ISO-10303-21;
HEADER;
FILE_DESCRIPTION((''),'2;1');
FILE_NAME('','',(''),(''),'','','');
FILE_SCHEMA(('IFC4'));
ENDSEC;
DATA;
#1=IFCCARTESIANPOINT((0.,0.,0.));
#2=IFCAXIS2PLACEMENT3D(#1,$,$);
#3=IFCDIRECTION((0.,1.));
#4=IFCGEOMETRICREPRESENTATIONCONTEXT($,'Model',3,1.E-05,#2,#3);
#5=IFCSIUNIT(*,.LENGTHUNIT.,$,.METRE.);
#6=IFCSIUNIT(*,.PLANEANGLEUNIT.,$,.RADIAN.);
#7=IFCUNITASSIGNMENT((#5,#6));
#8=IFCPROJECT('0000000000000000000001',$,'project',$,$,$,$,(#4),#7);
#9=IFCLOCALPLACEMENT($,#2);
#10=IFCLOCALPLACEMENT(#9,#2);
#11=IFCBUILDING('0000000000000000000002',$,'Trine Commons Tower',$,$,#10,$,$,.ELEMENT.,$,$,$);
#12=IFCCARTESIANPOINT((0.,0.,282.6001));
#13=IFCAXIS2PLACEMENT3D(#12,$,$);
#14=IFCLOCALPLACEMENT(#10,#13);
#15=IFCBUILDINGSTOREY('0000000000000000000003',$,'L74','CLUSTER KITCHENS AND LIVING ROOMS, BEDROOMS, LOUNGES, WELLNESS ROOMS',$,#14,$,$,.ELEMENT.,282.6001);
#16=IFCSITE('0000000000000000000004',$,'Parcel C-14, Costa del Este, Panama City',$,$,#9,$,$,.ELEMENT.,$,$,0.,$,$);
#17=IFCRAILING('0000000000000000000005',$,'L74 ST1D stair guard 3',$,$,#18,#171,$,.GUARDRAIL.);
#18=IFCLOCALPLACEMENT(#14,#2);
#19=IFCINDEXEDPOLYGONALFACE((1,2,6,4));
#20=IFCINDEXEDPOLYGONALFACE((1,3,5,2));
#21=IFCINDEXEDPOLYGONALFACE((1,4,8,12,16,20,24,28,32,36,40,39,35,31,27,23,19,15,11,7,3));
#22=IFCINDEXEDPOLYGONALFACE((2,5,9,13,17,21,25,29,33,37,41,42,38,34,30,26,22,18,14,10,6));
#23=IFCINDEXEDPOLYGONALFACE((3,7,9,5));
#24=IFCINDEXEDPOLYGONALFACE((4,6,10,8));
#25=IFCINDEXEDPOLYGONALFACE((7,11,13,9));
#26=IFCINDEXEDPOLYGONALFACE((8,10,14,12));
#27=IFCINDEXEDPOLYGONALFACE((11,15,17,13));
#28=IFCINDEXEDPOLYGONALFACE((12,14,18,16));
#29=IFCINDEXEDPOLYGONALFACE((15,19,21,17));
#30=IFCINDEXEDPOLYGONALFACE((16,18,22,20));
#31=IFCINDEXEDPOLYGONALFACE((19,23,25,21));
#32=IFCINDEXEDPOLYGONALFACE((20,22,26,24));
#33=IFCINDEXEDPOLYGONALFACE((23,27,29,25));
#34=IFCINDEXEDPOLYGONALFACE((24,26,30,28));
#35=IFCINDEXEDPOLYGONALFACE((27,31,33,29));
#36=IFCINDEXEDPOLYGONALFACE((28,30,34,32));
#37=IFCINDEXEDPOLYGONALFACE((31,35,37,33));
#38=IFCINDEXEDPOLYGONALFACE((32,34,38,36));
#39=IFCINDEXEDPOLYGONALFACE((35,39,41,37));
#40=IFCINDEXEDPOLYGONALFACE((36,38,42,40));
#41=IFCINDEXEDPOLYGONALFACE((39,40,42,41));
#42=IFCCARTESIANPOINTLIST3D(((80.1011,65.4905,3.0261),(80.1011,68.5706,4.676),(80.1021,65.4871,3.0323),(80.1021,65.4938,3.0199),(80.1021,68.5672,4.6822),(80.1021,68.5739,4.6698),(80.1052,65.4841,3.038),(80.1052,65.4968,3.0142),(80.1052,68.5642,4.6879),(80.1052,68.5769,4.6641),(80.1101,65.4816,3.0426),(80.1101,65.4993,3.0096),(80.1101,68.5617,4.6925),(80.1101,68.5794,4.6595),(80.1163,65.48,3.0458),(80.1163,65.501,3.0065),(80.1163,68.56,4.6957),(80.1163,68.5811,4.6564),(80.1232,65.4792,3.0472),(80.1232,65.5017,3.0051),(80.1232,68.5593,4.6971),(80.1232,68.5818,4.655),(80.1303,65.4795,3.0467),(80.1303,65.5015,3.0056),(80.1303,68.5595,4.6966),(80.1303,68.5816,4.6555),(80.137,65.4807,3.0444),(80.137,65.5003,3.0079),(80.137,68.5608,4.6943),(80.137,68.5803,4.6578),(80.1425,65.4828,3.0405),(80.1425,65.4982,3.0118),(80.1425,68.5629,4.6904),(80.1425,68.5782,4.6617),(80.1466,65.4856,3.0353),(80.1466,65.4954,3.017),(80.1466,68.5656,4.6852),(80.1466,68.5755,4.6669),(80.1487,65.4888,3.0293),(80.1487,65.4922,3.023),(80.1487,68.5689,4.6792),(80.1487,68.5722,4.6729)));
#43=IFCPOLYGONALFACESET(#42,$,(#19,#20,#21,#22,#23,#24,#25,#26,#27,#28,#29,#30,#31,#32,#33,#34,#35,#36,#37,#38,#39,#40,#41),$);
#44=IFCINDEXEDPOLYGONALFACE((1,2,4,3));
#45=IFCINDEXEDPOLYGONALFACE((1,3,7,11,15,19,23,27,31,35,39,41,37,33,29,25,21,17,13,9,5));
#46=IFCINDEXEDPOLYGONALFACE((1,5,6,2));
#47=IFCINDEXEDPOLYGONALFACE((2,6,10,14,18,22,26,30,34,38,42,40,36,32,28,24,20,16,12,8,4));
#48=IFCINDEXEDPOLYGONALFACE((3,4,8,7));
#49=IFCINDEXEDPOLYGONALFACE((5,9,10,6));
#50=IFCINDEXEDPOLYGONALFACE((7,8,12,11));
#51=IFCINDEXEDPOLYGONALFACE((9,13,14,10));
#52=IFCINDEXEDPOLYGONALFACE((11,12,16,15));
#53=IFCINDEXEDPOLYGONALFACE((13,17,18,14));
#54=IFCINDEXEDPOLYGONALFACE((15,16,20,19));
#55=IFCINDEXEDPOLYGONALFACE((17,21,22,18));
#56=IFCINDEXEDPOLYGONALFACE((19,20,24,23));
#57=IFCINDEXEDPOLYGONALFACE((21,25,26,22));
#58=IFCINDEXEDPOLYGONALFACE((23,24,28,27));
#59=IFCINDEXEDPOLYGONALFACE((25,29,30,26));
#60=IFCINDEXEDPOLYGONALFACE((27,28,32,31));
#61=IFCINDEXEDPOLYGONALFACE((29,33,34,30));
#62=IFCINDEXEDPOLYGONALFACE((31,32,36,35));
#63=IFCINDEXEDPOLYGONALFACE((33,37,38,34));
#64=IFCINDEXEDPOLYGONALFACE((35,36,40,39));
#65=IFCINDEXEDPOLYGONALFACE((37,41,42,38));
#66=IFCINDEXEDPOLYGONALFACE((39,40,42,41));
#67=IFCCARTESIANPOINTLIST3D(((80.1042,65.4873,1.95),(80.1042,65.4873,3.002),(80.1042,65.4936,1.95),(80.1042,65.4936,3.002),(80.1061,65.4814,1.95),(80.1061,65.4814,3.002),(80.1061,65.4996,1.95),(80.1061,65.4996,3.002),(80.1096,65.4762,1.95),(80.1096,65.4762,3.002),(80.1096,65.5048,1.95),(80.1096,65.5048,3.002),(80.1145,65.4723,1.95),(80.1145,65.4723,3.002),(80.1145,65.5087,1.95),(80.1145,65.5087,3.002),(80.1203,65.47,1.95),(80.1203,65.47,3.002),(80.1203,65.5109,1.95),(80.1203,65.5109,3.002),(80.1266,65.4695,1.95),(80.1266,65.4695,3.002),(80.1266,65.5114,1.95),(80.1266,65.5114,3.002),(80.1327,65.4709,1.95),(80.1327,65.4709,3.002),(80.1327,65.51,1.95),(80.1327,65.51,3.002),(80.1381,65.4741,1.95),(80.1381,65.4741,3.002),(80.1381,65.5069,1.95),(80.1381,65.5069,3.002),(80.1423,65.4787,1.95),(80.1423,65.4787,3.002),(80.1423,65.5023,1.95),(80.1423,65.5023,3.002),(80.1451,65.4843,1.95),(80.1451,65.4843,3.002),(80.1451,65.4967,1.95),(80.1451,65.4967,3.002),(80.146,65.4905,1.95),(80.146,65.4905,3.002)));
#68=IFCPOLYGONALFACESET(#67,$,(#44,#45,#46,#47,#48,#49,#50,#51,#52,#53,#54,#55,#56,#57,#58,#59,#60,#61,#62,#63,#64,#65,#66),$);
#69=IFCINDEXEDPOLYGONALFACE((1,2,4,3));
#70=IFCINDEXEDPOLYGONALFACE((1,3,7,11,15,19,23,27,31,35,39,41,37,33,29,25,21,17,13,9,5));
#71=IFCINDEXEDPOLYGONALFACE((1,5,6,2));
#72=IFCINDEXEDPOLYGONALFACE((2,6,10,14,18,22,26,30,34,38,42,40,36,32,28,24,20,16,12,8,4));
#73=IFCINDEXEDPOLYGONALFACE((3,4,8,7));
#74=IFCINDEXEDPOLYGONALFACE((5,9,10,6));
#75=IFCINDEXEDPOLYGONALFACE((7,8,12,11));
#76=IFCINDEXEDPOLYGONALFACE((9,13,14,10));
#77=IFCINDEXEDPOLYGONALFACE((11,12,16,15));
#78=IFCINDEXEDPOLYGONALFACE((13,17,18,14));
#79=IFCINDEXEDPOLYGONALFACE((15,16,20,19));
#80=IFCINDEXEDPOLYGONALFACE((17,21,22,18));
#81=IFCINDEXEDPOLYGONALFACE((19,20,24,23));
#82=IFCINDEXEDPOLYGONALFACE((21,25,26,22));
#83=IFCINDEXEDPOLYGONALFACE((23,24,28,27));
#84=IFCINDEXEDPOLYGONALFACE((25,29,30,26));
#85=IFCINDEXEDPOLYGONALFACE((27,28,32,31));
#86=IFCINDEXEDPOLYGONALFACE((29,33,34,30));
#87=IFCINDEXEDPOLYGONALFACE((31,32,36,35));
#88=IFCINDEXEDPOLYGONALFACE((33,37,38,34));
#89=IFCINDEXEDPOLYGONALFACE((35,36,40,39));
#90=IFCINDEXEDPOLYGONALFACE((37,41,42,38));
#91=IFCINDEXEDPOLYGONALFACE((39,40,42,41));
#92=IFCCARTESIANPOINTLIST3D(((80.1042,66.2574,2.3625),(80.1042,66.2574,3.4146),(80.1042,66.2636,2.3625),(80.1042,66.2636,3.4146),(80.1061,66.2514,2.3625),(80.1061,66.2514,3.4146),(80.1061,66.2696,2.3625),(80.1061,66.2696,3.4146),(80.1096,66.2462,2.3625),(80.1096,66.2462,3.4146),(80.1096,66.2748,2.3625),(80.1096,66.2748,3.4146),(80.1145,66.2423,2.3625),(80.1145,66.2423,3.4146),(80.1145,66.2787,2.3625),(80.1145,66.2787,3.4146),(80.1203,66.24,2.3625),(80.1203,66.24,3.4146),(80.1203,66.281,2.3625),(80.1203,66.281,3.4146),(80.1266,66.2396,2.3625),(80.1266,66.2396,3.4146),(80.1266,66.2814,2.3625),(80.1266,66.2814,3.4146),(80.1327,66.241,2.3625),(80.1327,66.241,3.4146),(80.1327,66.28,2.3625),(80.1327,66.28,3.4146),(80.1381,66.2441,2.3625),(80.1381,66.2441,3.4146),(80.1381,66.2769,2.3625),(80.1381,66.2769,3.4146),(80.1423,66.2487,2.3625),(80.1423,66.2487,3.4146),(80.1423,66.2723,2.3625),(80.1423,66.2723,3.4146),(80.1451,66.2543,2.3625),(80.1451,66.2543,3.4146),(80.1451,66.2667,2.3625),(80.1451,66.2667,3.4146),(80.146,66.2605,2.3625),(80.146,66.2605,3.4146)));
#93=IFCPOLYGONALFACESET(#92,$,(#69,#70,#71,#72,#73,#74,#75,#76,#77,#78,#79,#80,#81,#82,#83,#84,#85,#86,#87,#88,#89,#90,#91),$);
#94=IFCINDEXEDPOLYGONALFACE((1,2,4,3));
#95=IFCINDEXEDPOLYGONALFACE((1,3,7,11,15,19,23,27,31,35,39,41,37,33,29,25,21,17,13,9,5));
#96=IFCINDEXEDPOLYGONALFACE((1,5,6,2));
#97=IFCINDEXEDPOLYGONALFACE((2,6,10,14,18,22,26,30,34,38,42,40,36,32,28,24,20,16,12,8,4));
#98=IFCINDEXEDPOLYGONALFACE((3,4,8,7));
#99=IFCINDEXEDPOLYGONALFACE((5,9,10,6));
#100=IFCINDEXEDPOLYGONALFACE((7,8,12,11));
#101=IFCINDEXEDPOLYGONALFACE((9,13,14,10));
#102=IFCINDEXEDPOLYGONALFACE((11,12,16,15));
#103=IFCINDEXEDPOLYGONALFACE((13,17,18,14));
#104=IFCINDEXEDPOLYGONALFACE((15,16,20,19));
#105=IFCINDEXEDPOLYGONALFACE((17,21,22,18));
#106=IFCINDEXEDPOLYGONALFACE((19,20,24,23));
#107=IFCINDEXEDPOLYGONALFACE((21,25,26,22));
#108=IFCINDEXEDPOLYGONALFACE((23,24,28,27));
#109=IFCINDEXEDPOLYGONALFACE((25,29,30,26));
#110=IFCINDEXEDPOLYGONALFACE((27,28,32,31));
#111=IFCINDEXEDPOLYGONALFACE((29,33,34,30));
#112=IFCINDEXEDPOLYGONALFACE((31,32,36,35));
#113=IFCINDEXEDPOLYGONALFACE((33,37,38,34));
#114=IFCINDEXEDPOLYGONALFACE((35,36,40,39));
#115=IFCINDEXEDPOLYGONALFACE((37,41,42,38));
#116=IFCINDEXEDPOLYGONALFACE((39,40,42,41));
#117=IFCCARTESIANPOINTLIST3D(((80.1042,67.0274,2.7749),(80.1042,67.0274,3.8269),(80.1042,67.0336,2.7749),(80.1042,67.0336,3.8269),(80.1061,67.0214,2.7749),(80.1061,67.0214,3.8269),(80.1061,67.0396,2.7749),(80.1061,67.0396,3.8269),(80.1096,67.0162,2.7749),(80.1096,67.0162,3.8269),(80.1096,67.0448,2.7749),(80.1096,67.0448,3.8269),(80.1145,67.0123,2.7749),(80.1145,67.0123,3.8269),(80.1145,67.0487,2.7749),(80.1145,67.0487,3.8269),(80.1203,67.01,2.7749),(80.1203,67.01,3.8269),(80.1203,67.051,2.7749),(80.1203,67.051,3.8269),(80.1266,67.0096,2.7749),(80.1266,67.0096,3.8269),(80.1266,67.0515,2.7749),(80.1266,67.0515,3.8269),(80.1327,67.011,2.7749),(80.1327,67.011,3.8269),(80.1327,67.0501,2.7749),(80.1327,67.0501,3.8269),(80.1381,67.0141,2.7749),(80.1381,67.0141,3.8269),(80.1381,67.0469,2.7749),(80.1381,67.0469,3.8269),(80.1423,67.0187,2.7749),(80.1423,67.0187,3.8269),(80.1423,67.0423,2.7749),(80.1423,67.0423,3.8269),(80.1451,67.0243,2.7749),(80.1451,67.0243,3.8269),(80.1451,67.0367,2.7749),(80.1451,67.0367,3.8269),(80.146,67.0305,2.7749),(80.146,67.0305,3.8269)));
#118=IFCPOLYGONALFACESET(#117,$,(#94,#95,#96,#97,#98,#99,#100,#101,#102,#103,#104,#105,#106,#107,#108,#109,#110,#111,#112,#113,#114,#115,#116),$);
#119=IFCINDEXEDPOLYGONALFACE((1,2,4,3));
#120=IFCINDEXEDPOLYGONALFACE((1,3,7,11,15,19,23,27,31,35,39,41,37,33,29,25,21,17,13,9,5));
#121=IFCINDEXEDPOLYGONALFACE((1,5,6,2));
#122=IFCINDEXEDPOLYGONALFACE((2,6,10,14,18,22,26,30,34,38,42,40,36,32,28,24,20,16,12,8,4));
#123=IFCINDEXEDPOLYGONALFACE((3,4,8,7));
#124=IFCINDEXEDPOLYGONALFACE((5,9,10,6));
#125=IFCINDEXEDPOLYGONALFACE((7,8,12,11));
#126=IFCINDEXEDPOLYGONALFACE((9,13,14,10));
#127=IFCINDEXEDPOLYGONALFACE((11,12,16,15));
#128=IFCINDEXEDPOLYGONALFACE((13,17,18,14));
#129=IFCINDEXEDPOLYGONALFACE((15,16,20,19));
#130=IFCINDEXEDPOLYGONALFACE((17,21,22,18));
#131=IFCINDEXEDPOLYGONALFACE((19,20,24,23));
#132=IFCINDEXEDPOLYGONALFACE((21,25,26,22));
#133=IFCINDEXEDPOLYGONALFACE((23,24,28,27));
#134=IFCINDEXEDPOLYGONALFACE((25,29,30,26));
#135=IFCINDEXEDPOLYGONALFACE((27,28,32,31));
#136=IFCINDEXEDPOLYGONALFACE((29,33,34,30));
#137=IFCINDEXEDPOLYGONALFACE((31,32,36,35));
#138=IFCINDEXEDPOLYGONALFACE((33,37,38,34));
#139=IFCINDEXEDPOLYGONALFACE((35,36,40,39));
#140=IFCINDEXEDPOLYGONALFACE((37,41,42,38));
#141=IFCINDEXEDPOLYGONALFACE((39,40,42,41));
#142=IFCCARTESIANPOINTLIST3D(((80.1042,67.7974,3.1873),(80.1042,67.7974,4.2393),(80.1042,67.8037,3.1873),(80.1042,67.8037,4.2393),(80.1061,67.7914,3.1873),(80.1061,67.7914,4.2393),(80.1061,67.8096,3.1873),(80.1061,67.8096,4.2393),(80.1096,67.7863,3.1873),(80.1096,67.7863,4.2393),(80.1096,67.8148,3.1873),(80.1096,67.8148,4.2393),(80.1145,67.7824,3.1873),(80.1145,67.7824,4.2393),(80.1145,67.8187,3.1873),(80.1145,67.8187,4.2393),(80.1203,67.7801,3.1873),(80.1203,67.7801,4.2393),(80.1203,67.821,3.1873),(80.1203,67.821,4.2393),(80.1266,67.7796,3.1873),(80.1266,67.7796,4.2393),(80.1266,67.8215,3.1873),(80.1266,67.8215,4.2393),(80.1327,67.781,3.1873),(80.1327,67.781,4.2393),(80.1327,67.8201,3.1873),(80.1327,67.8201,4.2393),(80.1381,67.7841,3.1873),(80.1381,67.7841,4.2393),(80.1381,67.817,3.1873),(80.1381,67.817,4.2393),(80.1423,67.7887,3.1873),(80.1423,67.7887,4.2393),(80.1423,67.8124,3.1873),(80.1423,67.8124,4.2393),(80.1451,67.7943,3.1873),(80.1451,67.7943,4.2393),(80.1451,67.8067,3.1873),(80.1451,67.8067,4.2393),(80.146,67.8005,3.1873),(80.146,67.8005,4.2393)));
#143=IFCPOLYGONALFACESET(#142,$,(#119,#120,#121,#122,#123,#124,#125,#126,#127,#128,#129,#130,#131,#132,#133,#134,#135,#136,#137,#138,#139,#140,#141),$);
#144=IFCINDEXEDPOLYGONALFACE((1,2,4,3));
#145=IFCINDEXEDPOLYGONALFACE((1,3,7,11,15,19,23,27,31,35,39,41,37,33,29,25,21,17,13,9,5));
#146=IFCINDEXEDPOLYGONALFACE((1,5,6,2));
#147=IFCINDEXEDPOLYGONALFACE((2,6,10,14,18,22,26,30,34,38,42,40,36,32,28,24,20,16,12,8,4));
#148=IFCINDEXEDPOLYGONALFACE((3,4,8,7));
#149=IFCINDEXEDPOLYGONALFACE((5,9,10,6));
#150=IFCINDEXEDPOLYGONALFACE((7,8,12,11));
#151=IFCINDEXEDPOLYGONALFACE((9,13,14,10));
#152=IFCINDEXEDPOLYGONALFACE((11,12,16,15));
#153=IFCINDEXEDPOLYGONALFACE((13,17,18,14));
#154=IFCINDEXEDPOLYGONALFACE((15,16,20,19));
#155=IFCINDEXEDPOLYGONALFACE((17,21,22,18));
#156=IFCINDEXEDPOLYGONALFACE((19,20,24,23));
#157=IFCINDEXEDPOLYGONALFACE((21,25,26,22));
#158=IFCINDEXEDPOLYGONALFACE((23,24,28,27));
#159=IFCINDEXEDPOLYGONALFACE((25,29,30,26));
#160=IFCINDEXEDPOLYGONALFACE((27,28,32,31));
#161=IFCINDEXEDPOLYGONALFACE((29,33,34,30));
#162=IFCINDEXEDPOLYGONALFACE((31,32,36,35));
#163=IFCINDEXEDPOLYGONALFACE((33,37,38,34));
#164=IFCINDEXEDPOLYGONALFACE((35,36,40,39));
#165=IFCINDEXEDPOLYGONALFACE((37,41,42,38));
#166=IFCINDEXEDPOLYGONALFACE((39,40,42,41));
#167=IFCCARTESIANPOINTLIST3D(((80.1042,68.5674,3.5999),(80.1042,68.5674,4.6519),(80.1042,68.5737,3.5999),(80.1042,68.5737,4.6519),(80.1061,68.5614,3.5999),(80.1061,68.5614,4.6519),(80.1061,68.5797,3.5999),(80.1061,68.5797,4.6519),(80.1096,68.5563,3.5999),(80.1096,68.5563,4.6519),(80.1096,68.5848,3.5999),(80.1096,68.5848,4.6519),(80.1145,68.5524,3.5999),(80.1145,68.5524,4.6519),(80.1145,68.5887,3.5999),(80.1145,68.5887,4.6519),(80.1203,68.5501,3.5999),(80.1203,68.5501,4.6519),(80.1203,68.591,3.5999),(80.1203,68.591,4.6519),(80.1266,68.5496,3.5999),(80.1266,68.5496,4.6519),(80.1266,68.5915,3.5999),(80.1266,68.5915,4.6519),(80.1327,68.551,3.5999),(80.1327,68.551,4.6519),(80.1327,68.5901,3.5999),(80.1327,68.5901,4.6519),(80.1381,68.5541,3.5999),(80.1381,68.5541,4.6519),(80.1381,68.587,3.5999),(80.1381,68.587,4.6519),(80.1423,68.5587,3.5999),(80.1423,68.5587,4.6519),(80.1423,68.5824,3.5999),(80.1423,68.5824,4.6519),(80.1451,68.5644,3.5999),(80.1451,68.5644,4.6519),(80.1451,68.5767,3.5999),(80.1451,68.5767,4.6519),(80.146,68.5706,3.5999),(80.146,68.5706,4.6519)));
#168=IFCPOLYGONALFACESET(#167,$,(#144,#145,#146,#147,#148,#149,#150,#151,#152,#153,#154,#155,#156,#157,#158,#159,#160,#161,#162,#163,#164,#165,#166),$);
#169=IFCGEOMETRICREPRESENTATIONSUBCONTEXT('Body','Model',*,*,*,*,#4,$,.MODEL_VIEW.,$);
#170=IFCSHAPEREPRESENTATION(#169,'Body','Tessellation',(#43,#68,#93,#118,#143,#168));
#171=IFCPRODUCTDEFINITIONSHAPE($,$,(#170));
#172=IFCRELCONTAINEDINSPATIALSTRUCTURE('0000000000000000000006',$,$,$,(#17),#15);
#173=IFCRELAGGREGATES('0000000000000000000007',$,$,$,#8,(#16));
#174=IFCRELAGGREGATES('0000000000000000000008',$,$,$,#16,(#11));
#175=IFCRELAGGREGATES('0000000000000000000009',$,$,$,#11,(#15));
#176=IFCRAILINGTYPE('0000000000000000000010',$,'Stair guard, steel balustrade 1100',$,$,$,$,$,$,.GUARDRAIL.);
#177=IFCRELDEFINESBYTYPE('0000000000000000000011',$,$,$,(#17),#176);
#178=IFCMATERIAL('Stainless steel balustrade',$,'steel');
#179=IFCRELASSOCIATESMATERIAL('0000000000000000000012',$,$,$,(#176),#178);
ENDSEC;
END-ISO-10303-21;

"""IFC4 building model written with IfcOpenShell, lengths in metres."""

from ifc_helpers import new_model, si_unit, direction, frame, origin, origin_2d, place, context, subcontext, project, spatial, circle, extrude, material, type_object, element, save


model = new_model("IFC4")

# Units and contexts
model_context = context("Model", 3, precision=1e-05, world=origin(), true_north=direction((0.0, 1.0)))
body_context = subcontext(model_context, "Body", "Model", "MODEL_VIEW")
ifc_project = project(units=[si_unit("LENGTHUNIT", "METRE"), si_unit("PLANEANGLEUNIT", "RADIAN")], contexts=[model_context])

# Site, building, storey
site_placement = place(None, origin())
site = spatial("IfcSite", under=ifc_project, at=site_placement, Name="Parcel C-14, Costa del Este, Panama City", CompositionType="ELEMENT", RefElevation=0.0)
building_placement = place(site_placement, origin())
building = spatial("IfcBuilding", under=site, at=building_placement, Name="Trine Commons Tower", CompositionType="ELEMENT")
storey_placement = place(building_placement, frame((0.0, 0.0, 282.6001)))
storey = spatial("IfcBuildingStorey", under=building, at=storey_placement, Name="L74", Description="CLUSTER KITCHENS AND LIVING ROOMS, BEDROOMS, LOUNGES, WELLNESS ROOMS", CompositionType="ELEMENT", Elevation=282.6001)

# Railing
ifc_material_1 = material(Name="Stainless steel balustrade", Category="steel")
railing_type_1 = type_object("IfcRailingType", Name="Stair guard, steel balustrade 1100", PredefinedType="GUARDRAIL", material=ifc_material_1)
railing_1_placement = place(storey_placement, frame((80.125, 65.4905, 1.95)))
element("IfcRailing", 1, at=railing_1_placement, inside=storey, type_object=railing_type_1, Name="L74 ST1D stair guard 3", PredefinedType="GUARDRAIL", context=body_context, shape_type="SweptSolid", body=[
    extrude(circle(Radius=0.0239, at=origin_2d()), frame((0.0, 0.0, 1.0762), z_axis=(0.0, 0.881497, 0.47219), x_axis=(-1.0, 0.0, 0.0)), (0.0, 0.0, 1.0), 3.4941),
    extrude(circle(Radius=0.021, at=origin_2d()), origin(), (0.0, 0.0, 1.0), 1.052),
    extrude(circle(Radius=0.021, at=origin_2d()), frame((0.0, 0.77, 0.4126)), (0.0, 0.0, 1.0), 1.052),
    extrude(circle(Radius=0.021, at=origin_2d()), frame((0.0, 1.54, 0.825)), (0.0, 0.0, 1.0), 1.052),
    extrude(circle(Radius=0.021, at=origin_2d()), frame((0.0, 2.3101, 1.2373)), (0.0, 0.0, 1.0), 1.052),
    extrude(circle(Radius=0.021, at=origin_2d()), frame((0.0, 3.0801, 1.6499)), (0.0, 0.0, 1.0), 1.052),
])

save(model, "model.ifc")
